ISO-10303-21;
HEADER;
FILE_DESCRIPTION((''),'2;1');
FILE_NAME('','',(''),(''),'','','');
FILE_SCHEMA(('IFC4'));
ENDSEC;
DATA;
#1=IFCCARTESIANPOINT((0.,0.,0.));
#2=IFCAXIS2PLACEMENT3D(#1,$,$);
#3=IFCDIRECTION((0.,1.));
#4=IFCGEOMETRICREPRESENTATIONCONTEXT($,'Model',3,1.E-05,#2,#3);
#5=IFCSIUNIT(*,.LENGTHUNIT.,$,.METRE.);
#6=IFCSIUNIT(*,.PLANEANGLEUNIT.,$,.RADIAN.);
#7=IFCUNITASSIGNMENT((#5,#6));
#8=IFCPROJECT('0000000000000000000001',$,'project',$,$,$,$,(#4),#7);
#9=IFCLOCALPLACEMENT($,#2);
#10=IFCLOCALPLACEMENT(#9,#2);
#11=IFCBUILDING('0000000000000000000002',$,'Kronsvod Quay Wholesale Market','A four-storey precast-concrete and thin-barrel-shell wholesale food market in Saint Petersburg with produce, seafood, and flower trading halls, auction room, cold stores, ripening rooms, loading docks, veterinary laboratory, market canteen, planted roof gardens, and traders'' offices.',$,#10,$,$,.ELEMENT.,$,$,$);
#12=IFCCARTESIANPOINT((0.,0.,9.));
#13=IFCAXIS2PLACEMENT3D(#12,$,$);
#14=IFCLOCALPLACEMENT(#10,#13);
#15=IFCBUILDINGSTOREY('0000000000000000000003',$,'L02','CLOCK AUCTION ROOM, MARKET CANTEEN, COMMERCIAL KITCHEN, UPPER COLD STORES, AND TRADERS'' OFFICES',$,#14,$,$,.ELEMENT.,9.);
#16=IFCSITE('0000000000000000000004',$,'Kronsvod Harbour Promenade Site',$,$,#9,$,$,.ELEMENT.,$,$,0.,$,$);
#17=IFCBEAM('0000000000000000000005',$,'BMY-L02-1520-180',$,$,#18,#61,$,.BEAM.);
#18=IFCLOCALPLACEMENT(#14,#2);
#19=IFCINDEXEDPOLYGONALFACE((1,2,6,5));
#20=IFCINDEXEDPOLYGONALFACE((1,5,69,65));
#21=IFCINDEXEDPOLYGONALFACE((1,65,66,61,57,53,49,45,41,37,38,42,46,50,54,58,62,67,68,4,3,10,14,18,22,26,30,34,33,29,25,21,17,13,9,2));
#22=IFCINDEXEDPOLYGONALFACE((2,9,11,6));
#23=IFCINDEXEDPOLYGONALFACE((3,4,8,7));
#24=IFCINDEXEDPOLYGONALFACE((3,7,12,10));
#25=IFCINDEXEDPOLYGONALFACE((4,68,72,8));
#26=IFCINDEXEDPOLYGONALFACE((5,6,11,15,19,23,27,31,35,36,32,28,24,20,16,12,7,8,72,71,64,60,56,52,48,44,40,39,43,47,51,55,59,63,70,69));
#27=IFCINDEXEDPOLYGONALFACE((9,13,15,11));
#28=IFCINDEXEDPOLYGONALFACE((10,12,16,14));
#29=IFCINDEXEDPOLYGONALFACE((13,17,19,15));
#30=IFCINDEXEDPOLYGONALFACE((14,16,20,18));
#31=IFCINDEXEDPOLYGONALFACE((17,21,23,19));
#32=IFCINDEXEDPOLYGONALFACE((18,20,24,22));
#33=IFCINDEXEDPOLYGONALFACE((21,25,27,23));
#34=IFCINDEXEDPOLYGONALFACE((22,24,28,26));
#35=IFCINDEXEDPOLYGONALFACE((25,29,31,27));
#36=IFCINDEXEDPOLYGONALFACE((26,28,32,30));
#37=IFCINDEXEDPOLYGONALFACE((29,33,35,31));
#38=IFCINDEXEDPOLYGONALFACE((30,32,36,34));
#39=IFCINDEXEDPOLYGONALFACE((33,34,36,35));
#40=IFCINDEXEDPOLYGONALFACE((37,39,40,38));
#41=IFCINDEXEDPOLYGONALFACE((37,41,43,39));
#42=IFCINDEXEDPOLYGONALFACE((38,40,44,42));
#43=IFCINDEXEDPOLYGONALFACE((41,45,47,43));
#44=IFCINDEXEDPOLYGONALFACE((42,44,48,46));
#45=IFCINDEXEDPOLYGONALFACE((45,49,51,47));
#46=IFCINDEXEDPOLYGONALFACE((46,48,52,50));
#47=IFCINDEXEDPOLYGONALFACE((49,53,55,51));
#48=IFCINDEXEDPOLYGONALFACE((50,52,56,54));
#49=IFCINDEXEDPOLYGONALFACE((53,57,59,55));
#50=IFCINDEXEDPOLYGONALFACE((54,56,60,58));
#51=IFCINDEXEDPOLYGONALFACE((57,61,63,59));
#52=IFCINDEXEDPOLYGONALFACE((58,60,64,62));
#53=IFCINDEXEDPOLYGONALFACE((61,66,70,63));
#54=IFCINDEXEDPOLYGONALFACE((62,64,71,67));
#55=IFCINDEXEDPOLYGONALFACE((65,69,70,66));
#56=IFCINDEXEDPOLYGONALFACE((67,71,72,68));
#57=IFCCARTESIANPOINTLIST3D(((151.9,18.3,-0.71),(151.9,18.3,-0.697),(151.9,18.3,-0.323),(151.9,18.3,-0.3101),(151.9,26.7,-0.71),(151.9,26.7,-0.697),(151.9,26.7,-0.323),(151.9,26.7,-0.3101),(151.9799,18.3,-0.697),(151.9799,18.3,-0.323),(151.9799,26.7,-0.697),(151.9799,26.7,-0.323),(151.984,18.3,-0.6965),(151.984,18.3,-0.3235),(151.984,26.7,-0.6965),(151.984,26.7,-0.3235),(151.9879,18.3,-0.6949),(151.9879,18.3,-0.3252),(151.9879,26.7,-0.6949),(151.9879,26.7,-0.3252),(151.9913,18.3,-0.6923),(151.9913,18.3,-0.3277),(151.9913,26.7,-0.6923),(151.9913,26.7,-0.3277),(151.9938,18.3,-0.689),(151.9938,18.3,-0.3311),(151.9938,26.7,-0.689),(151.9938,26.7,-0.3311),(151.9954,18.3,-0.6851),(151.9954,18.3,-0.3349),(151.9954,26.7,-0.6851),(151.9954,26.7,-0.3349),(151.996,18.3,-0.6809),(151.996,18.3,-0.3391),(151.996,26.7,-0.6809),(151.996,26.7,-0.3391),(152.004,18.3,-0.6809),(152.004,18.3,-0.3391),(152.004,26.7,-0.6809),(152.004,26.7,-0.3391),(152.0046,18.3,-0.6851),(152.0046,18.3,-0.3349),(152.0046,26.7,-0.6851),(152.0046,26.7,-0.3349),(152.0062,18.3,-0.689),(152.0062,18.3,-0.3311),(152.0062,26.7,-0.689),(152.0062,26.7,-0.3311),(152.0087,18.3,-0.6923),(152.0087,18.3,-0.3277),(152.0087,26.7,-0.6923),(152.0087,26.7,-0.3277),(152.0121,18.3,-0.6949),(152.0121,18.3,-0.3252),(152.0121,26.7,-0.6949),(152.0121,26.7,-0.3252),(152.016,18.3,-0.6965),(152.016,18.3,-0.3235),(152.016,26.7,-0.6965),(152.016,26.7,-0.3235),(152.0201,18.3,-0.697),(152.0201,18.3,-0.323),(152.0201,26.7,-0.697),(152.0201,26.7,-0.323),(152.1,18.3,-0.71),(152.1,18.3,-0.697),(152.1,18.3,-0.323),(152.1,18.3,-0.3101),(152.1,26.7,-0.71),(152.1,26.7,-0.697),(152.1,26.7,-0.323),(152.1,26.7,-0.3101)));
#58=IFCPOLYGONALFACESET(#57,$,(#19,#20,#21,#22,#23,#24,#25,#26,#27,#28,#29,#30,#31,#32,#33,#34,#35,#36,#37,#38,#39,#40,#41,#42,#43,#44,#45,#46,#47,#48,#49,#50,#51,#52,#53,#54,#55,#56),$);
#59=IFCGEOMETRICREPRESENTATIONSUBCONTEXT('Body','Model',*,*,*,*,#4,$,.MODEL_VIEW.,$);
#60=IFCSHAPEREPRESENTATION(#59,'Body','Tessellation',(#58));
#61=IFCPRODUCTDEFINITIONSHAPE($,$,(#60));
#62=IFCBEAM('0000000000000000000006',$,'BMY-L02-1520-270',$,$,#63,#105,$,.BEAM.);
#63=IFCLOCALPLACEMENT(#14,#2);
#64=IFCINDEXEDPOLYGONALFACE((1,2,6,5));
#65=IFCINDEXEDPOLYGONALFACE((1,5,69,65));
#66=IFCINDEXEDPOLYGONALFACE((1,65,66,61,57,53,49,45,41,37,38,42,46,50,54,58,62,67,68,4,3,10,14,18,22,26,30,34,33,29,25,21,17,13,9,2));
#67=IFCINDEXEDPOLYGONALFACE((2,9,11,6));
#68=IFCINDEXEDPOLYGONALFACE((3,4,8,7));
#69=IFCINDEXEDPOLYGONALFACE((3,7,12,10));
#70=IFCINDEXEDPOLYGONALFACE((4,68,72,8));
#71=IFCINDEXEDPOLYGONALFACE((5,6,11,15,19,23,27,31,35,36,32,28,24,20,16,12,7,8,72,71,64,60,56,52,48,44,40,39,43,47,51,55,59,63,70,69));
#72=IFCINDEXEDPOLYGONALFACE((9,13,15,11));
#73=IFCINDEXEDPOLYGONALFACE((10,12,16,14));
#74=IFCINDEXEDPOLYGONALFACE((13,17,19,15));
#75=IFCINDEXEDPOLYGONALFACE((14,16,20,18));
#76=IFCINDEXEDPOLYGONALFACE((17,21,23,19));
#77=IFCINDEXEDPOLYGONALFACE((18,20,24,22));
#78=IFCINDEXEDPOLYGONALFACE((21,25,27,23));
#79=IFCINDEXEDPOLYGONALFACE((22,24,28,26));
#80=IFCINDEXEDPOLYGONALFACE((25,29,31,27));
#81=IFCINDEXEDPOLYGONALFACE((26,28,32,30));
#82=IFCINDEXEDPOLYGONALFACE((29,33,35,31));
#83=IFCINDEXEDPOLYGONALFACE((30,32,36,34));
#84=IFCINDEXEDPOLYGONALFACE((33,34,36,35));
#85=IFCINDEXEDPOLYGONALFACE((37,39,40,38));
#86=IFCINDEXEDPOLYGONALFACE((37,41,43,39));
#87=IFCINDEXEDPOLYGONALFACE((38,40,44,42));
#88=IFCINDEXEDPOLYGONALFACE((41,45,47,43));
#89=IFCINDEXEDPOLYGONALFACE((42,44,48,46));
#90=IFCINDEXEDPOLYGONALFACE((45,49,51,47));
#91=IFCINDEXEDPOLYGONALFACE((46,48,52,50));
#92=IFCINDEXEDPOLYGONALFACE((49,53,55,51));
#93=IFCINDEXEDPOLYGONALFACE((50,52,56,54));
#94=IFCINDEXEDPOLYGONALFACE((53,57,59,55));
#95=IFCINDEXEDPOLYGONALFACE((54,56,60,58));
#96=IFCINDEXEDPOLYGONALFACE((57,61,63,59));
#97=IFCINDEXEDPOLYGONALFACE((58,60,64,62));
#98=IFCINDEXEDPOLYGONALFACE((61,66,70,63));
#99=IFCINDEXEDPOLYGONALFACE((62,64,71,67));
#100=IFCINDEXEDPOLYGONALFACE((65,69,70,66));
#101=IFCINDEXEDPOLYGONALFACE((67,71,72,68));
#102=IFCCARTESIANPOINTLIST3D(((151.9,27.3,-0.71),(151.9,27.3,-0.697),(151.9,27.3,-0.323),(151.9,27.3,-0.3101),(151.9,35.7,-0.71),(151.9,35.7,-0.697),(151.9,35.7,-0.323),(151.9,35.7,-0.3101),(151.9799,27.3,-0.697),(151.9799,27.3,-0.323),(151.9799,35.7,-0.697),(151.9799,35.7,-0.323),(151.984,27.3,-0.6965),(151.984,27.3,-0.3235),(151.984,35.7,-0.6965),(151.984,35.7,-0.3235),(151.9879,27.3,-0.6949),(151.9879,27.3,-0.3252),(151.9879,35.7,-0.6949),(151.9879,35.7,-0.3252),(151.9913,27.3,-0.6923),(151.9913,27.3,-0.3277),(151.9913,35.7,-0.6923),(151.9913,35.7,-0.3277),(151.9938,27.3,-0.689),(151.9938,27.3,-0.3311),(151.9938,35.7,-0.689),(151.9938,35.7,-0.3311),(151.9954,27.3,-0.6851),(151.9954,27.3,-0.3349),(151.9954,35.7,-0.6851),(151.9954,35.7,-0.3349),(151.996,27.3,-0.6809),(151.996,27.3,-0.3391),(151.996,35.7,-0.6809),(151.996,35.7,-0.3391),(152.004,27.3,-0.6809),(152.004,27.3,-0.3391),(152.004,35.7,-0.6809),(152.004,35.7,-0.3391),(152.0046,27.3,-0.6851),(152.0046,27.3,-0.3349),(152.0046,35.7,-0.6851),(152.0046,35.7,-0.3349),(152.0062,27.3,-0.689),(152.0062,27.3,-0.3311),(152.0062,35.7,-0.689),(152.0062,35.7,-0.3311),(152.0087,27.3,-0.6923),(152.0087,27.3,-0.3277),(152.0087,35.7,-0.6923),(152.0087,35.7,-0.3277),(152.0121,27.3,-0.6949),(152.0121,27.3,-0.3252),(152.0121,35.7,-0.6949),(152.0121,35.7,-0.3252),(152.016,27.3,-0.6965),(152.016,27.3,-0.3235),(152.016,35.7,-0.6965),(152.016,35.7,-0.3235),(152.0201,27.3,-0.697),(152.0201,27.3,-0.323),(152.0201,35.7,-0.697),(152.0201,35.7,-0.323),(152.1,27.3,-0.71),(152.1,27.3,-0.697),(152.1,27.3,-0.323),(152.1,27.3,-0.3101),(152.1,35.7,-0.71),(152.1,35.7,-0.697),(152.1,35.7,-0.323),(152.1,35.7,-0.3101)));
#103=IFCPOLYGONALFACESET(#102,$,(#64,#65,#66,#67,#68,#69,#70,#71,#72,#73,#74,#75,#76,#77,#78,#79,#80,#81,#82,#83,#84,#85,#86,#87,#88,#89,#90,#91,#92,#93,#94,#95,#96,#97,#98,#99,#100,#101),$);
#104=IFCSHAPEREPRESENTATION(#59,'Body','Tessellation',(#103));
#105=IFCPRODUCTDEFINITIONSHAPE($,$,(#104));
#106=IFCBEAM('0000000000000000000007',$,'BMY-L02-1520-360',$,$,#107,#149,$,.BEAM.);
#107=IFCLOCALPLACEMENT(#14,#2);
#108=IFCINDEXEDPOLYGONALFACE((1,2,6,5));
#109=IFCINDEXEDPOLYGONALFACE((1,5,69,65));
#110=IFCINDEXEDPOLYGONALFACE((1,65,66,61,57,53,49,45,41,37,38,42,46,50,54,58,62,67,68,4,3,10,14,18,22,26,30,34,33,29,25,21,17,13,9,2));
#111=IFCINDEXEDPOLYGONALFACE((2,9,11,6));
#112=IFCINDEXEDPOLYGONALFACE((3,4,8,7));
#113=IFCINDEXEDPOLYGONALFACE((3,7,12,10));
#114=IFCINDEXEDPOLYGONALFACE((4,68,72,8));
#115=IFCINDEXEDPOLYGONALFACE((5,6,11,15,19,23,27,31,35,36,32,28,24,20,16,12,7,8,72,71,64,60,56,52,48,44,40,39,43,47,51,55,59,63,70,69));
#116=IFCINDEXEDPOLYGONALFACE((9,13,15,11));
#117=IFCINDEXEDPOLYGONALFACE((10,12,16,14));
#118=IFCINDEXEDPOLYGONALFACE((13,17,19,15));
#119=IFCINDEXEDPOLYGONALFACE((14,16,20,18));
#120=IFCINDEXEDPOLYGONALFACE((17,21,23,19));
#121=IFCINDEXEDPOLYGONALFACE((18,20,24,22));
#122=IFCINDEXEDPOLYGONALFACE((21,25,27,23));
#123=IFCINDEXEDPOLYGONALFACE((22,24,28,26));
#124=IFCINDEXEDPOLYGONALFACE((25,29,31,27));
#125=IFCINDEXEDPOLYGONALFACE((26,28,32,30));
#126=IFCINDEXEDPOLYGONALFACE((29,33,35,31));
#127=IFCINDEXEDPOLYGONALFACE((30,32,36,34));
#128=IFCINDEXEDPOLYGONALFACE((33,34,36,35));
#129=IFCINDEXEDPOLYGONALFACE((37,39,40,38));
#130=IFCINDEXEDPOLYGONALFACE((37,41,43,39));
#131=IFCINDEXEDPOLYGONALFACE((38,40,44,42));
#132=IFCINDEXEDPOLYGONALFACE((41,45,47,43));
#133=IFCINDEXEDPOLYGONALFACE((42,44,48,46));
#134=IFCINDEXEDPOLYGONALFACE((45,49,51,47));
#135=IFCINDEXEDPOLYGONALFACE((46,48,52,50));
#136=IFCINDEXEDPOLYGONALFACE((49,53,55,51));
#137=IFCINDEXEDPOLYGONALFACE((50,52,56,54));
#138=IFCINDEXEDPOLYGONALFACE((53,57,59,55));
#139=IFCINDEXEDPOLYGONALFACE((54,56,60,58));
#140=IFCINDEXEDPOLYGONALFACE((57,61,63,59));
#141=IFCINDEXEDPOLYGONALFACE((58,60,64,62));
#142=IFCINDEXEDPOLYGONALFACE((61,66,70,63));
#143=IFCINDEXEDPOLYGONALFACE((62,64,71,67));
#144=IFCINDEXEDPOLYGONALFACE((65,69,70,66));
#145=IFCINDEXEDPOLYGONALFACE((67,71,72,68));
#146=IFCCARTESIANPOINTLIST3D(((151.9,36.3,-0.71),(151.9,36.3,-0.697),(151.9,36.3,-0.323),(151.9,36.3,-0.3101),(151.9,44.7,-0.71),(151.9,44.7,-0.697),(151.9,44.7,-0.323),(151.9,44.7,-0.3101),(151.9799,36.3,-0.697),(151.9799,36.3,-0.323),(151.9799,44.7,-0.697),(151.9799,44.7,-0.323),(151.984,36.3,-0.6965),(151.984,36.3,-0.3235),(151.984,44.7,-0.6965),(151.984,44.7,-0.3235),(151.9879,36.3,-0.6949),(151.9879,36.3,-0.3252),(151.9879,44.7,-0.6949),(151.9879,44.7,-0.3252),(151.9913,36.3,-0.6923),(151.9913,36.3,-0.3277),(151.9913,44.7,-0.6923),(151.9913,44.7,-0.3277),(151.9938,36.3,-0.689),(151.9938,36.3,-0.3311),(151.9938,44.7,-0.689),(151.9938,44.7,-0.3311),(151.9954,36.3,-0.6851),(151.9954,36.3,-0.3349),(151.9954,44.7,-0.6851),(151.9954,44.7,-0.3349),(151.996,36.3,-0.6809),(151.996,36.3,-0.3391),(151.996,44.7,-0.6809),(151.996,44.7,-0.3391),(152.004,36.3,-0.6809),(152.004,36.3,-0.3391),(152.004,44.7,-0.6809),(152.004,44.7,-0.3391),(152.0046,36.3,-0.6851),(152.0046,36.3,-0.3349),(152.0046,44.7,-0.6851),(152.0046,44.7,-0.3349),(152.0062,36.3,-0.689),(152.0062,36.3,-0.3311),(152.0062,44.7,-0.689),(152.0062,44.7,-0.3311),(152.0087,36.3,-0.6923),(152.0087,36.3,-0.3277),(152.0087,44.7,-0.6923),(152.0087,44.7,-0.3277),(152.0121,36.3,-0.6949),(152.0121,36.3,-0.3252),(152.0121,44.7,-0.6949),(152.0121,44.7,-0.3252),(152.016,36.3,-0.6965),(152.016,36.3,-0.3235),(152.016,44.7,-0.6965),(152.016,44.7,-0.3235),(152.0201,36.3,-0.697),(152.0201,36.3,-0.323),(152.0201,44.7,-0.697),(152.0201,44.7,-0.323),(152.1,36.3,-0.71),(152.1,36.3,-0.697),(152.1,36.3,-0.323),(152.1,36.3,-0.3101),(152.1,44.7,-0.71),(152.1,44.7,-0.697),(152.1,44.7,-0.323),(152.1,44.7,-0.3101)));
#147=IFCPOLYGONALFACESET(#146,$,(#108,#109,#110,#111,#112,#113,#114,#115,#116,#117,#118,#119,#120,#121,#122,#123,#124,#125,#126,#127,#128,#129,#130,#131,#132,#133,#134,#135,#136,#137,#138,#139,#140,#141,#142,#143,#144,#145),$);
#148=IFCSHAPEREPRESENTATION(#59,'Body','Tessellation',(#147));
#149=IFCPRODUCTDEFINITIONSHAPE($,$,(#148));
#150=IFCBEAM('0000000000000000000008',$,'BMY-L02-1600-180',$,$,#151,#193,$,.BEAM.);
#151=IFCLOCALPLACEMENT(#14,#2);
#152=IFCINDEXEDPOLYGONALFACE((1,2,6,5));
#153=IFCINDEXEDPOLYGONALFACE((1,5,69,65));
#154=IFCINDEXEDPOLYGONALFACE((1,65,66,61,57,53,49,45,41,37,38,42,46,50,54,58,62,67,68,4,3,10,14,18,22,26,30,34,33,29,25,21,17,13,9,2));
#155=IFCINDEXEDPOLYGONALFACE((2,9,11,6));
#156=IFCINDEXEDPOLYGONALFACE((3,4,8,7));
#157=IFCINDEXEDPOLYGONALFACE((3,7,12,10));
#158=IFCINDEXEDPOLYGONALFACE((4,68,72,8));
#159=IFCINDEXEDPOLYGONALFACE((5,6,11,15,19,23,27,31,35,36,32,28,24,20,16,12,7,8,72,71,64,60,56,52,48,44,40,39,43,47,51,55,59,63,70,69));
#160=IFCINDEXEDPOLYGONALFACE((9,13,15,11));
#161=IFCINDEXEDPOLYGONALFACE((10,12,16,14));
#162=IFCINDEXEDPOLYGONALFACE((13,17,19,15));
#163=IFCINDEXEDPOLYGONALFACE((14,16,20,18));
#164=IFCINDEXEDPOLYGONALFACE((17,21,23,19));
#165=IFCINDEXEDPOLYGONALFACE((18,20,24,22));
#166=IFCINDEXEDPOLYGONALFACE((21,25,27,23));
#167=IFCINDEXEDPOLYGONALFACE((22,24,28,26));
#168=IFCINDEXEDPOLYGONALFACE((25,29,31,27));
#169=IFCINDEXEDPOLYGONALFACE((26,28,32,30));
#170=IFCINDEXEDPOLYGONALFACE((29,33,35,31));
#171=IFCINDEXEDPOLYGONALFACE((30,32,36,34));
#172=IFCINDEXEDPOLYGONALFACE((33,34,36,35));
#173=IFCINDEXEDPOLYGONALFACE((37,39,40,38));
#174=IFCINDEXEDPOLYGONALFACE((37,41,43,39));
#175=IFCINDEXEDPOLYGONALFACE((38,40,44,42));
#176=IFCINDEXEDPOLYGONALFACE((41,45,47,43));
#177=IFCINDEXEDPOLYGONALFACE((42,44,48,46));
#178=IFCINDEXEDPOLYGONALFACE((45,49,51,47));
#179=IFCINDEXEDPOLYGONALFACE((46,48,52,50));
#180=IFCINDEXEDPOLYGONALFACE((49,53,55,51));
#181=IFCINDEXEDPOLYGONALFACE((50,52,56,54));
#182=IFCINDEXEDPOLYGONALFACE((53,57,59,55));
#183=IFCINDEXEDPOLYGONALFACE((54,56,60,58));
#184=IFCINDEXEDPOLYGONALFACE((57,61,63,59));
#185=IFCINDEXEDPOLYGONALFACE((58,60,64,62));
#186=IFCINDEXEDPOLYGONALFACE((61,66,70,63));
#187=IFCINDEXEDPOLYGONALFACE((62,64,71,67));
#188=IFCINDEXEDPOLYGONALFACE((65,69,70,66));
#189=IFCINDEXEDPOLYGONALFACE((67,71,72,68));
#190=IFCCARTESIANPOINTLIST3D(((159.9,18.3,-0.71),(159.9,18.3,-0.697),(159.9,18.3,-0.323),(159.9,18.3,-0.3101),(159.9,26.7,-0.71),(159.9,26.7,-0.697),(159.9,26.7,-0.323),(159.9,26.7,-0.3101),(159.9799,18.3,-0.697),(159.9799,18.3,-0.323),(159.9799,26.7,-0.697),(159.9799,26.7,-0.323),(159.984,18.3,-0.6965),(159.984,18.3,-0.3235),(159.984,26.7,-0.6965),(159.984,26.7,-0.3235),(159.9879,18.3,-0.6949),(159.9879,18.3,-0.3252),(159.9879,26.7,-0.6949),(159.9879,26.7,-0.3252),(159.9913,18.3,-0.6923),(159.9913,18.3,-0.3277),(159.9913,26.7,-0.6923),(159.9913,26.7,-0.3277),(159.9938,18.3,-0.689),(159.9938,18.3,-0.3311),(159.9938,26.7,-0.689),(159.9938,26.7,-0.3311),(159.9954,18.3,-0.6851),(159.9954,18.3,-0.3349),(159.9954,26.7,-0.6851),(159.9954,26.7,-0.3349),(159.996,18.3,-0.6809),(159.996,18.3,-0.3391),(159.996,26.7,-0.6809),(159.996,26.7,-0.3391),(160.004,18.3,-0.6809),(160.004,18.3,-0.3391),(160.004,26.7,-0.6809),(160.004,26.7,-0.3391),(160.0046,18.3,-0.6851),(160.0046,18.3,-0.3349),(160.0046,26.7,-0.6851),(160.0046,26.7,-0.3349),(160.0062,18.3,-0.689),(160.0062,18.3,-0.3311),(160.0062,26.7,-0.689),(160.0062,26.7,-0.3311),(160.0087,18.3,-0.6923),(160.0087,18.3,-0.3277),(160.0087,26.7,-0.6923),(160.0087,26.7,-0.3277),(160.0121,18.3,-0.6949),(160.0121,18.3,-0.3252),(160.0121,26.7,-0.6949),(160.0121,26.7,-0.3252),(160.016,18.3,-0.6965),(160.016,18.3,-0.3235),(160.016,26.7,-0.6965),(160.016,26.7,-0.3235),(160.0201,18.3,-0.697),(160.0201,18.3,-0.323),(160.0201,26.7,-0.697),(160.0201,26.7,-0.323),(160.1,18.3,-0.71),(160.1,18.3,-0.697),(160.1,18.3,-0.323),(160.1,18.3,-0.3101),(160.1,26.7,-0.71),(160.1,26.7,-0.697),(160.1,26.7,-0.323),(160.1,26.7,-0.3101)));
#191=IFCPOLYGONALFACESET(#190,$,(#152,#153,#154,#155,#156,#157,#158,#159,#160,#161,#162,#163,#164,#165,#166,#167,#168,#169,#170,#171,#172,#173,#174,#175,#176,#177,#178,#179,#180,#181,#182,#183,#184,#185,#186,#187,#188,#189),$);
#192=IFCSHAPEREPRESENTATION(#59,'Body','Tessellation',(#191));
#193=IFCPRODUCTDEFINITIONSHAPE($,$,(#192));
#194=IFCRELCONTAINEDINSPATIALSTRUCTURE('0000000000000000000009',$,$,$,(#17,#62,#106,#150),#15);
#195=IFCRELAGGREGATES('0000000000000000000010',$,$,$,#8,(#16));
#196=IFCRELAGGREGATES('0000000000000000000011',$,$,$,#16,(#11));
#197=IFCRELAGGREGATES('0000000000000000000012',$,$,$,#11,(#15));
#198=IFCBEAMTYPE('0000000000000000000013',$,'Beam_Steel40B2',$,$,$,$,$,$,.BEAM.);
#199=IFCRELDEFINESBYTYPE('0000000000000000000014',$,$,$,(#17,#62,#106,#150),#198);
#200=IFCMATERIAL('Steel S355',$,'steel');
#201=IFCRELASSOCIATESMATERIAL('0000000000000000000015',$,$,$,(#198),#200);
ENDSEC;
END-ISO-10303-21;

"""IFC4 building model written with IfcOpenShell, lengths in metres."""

from ifc_helpers import new_model, si_unit, direction, frame, origin, origin_2d, place, context, subcontext, project, spatial, i_section, extrude, material, material_profile, profile_set, type_object, element, save


model = new_model("IFC4")

# Units and contexts
model_context = context("Model", 3, precision=1e-05, world=origin(), true_north=direction((0.0, 1.0)))
body_context = subcontext(model_context, "Body", "Model", "MODEL_VIEW")
ifc_project = project(units=[si_unit("LENGTHUNIT", "METRE"), si_unit("PLANEANGLEUNIT", "RADIAN")], contexts=[model_context])

# Site, building, storey
site_placement = place(None, origin())
site = spatial("IfcSite", under=ifc_project, at=site_placement, Name="Kronsvod Harbour Promenade Site", CompositionType="ELEMENT", RefElevation=0.0)
building_placement = place(site_placement, origin())
building = spatial("IfcBuilding", under=site, at=building_placement, Name="Kronsvod Quay Wholesale Market", Description="A four-storey precast-concrete and thin-barrel-shell wholesale food market in Saint Petersburg with produce, seafood, and flower trading halls, auction room, cold stores, ripening rooms, loading docks, veterinary laboratory, market canteen, planted roof gardens, and traders' offices.", CompositionType="ELEMENT")
storey_placement = place(building_placement, frame((0.0, 0.0, 9.0)))
storey = spatial("IfcBuildingStorey", under=building, at=storey_placement, Name="L02", Description="CLOCK AUCTION ROOM, MARKET CANTEEN, COMMERCIAL KITCHEN, UPPER COLD STORES, AND TRADERS' OFFICES", CompositionType="ELEMENT", Elevation=9.0)

# Beams
ifc_material_1 = material(Name="Steel S355", Category="steel")
ifc_material_profile_1 = material_profile(ifc_material_1, i_section(OverallWidth=0.2, OverallDepth=0.3999, WebThickness=0.0081, FlangeThickness=0.0129, FilletRadius=0.0161, at=origin_2d()), Name="40B2")
ifc_profile_set_1 = profile_set([ifc_material_profile_1], Name="Steel S355")
beam_type_1 = type_object("IfcBeamType", Name="Beam_Steel40B2", PredefinedType="BEAM", material=ifc_profile_set_1)
for number, where, z_axis, x_axis, name in (
    (1, (152.0, 18.3, -0.51), (0.0, 1.0, 0.0), (-1.0, 0.0, 0.0), "BMY-L02-1520-180"),
    (2, (152.0, 27.3, -0.51), (0.0, 1.0, 0.0), (-1.0, 0.0, 0.0), "BMY-L02-1520-270"),
    (3, (152.0, 36.3, -0.51), (0.0, 1.0, 0.0), (-1.0, 0.0, 0.0), "BMY-L02-1520-360"),
    (4, (160.0, 18.3, -0.51), (0.0, 1.0, 0.0), (-1.0, 0.0, 0.0), "BMY-L02-1600-180"),
):
    element("IfcBeam", number, at=place(storey_placement, frame(where, z_axis=z_axis, x_axis=x_axis)), inside=storey, type_object=beam_type_1, Name=name, PredefinedType="BEAM", context=body_context, shape_type="SweptSolid", body=[
        extrude(i_section(OverallWidth=0.2, OverallDepth=0.3999, WebThickness=0.0081, FlangeThickness=0.0129, FilletRadius=0.0161, at=origin_2d()), origin(), (0.0, 0.0, 1.0), 8.3999),
    ])

save(model, "model.ifc")
